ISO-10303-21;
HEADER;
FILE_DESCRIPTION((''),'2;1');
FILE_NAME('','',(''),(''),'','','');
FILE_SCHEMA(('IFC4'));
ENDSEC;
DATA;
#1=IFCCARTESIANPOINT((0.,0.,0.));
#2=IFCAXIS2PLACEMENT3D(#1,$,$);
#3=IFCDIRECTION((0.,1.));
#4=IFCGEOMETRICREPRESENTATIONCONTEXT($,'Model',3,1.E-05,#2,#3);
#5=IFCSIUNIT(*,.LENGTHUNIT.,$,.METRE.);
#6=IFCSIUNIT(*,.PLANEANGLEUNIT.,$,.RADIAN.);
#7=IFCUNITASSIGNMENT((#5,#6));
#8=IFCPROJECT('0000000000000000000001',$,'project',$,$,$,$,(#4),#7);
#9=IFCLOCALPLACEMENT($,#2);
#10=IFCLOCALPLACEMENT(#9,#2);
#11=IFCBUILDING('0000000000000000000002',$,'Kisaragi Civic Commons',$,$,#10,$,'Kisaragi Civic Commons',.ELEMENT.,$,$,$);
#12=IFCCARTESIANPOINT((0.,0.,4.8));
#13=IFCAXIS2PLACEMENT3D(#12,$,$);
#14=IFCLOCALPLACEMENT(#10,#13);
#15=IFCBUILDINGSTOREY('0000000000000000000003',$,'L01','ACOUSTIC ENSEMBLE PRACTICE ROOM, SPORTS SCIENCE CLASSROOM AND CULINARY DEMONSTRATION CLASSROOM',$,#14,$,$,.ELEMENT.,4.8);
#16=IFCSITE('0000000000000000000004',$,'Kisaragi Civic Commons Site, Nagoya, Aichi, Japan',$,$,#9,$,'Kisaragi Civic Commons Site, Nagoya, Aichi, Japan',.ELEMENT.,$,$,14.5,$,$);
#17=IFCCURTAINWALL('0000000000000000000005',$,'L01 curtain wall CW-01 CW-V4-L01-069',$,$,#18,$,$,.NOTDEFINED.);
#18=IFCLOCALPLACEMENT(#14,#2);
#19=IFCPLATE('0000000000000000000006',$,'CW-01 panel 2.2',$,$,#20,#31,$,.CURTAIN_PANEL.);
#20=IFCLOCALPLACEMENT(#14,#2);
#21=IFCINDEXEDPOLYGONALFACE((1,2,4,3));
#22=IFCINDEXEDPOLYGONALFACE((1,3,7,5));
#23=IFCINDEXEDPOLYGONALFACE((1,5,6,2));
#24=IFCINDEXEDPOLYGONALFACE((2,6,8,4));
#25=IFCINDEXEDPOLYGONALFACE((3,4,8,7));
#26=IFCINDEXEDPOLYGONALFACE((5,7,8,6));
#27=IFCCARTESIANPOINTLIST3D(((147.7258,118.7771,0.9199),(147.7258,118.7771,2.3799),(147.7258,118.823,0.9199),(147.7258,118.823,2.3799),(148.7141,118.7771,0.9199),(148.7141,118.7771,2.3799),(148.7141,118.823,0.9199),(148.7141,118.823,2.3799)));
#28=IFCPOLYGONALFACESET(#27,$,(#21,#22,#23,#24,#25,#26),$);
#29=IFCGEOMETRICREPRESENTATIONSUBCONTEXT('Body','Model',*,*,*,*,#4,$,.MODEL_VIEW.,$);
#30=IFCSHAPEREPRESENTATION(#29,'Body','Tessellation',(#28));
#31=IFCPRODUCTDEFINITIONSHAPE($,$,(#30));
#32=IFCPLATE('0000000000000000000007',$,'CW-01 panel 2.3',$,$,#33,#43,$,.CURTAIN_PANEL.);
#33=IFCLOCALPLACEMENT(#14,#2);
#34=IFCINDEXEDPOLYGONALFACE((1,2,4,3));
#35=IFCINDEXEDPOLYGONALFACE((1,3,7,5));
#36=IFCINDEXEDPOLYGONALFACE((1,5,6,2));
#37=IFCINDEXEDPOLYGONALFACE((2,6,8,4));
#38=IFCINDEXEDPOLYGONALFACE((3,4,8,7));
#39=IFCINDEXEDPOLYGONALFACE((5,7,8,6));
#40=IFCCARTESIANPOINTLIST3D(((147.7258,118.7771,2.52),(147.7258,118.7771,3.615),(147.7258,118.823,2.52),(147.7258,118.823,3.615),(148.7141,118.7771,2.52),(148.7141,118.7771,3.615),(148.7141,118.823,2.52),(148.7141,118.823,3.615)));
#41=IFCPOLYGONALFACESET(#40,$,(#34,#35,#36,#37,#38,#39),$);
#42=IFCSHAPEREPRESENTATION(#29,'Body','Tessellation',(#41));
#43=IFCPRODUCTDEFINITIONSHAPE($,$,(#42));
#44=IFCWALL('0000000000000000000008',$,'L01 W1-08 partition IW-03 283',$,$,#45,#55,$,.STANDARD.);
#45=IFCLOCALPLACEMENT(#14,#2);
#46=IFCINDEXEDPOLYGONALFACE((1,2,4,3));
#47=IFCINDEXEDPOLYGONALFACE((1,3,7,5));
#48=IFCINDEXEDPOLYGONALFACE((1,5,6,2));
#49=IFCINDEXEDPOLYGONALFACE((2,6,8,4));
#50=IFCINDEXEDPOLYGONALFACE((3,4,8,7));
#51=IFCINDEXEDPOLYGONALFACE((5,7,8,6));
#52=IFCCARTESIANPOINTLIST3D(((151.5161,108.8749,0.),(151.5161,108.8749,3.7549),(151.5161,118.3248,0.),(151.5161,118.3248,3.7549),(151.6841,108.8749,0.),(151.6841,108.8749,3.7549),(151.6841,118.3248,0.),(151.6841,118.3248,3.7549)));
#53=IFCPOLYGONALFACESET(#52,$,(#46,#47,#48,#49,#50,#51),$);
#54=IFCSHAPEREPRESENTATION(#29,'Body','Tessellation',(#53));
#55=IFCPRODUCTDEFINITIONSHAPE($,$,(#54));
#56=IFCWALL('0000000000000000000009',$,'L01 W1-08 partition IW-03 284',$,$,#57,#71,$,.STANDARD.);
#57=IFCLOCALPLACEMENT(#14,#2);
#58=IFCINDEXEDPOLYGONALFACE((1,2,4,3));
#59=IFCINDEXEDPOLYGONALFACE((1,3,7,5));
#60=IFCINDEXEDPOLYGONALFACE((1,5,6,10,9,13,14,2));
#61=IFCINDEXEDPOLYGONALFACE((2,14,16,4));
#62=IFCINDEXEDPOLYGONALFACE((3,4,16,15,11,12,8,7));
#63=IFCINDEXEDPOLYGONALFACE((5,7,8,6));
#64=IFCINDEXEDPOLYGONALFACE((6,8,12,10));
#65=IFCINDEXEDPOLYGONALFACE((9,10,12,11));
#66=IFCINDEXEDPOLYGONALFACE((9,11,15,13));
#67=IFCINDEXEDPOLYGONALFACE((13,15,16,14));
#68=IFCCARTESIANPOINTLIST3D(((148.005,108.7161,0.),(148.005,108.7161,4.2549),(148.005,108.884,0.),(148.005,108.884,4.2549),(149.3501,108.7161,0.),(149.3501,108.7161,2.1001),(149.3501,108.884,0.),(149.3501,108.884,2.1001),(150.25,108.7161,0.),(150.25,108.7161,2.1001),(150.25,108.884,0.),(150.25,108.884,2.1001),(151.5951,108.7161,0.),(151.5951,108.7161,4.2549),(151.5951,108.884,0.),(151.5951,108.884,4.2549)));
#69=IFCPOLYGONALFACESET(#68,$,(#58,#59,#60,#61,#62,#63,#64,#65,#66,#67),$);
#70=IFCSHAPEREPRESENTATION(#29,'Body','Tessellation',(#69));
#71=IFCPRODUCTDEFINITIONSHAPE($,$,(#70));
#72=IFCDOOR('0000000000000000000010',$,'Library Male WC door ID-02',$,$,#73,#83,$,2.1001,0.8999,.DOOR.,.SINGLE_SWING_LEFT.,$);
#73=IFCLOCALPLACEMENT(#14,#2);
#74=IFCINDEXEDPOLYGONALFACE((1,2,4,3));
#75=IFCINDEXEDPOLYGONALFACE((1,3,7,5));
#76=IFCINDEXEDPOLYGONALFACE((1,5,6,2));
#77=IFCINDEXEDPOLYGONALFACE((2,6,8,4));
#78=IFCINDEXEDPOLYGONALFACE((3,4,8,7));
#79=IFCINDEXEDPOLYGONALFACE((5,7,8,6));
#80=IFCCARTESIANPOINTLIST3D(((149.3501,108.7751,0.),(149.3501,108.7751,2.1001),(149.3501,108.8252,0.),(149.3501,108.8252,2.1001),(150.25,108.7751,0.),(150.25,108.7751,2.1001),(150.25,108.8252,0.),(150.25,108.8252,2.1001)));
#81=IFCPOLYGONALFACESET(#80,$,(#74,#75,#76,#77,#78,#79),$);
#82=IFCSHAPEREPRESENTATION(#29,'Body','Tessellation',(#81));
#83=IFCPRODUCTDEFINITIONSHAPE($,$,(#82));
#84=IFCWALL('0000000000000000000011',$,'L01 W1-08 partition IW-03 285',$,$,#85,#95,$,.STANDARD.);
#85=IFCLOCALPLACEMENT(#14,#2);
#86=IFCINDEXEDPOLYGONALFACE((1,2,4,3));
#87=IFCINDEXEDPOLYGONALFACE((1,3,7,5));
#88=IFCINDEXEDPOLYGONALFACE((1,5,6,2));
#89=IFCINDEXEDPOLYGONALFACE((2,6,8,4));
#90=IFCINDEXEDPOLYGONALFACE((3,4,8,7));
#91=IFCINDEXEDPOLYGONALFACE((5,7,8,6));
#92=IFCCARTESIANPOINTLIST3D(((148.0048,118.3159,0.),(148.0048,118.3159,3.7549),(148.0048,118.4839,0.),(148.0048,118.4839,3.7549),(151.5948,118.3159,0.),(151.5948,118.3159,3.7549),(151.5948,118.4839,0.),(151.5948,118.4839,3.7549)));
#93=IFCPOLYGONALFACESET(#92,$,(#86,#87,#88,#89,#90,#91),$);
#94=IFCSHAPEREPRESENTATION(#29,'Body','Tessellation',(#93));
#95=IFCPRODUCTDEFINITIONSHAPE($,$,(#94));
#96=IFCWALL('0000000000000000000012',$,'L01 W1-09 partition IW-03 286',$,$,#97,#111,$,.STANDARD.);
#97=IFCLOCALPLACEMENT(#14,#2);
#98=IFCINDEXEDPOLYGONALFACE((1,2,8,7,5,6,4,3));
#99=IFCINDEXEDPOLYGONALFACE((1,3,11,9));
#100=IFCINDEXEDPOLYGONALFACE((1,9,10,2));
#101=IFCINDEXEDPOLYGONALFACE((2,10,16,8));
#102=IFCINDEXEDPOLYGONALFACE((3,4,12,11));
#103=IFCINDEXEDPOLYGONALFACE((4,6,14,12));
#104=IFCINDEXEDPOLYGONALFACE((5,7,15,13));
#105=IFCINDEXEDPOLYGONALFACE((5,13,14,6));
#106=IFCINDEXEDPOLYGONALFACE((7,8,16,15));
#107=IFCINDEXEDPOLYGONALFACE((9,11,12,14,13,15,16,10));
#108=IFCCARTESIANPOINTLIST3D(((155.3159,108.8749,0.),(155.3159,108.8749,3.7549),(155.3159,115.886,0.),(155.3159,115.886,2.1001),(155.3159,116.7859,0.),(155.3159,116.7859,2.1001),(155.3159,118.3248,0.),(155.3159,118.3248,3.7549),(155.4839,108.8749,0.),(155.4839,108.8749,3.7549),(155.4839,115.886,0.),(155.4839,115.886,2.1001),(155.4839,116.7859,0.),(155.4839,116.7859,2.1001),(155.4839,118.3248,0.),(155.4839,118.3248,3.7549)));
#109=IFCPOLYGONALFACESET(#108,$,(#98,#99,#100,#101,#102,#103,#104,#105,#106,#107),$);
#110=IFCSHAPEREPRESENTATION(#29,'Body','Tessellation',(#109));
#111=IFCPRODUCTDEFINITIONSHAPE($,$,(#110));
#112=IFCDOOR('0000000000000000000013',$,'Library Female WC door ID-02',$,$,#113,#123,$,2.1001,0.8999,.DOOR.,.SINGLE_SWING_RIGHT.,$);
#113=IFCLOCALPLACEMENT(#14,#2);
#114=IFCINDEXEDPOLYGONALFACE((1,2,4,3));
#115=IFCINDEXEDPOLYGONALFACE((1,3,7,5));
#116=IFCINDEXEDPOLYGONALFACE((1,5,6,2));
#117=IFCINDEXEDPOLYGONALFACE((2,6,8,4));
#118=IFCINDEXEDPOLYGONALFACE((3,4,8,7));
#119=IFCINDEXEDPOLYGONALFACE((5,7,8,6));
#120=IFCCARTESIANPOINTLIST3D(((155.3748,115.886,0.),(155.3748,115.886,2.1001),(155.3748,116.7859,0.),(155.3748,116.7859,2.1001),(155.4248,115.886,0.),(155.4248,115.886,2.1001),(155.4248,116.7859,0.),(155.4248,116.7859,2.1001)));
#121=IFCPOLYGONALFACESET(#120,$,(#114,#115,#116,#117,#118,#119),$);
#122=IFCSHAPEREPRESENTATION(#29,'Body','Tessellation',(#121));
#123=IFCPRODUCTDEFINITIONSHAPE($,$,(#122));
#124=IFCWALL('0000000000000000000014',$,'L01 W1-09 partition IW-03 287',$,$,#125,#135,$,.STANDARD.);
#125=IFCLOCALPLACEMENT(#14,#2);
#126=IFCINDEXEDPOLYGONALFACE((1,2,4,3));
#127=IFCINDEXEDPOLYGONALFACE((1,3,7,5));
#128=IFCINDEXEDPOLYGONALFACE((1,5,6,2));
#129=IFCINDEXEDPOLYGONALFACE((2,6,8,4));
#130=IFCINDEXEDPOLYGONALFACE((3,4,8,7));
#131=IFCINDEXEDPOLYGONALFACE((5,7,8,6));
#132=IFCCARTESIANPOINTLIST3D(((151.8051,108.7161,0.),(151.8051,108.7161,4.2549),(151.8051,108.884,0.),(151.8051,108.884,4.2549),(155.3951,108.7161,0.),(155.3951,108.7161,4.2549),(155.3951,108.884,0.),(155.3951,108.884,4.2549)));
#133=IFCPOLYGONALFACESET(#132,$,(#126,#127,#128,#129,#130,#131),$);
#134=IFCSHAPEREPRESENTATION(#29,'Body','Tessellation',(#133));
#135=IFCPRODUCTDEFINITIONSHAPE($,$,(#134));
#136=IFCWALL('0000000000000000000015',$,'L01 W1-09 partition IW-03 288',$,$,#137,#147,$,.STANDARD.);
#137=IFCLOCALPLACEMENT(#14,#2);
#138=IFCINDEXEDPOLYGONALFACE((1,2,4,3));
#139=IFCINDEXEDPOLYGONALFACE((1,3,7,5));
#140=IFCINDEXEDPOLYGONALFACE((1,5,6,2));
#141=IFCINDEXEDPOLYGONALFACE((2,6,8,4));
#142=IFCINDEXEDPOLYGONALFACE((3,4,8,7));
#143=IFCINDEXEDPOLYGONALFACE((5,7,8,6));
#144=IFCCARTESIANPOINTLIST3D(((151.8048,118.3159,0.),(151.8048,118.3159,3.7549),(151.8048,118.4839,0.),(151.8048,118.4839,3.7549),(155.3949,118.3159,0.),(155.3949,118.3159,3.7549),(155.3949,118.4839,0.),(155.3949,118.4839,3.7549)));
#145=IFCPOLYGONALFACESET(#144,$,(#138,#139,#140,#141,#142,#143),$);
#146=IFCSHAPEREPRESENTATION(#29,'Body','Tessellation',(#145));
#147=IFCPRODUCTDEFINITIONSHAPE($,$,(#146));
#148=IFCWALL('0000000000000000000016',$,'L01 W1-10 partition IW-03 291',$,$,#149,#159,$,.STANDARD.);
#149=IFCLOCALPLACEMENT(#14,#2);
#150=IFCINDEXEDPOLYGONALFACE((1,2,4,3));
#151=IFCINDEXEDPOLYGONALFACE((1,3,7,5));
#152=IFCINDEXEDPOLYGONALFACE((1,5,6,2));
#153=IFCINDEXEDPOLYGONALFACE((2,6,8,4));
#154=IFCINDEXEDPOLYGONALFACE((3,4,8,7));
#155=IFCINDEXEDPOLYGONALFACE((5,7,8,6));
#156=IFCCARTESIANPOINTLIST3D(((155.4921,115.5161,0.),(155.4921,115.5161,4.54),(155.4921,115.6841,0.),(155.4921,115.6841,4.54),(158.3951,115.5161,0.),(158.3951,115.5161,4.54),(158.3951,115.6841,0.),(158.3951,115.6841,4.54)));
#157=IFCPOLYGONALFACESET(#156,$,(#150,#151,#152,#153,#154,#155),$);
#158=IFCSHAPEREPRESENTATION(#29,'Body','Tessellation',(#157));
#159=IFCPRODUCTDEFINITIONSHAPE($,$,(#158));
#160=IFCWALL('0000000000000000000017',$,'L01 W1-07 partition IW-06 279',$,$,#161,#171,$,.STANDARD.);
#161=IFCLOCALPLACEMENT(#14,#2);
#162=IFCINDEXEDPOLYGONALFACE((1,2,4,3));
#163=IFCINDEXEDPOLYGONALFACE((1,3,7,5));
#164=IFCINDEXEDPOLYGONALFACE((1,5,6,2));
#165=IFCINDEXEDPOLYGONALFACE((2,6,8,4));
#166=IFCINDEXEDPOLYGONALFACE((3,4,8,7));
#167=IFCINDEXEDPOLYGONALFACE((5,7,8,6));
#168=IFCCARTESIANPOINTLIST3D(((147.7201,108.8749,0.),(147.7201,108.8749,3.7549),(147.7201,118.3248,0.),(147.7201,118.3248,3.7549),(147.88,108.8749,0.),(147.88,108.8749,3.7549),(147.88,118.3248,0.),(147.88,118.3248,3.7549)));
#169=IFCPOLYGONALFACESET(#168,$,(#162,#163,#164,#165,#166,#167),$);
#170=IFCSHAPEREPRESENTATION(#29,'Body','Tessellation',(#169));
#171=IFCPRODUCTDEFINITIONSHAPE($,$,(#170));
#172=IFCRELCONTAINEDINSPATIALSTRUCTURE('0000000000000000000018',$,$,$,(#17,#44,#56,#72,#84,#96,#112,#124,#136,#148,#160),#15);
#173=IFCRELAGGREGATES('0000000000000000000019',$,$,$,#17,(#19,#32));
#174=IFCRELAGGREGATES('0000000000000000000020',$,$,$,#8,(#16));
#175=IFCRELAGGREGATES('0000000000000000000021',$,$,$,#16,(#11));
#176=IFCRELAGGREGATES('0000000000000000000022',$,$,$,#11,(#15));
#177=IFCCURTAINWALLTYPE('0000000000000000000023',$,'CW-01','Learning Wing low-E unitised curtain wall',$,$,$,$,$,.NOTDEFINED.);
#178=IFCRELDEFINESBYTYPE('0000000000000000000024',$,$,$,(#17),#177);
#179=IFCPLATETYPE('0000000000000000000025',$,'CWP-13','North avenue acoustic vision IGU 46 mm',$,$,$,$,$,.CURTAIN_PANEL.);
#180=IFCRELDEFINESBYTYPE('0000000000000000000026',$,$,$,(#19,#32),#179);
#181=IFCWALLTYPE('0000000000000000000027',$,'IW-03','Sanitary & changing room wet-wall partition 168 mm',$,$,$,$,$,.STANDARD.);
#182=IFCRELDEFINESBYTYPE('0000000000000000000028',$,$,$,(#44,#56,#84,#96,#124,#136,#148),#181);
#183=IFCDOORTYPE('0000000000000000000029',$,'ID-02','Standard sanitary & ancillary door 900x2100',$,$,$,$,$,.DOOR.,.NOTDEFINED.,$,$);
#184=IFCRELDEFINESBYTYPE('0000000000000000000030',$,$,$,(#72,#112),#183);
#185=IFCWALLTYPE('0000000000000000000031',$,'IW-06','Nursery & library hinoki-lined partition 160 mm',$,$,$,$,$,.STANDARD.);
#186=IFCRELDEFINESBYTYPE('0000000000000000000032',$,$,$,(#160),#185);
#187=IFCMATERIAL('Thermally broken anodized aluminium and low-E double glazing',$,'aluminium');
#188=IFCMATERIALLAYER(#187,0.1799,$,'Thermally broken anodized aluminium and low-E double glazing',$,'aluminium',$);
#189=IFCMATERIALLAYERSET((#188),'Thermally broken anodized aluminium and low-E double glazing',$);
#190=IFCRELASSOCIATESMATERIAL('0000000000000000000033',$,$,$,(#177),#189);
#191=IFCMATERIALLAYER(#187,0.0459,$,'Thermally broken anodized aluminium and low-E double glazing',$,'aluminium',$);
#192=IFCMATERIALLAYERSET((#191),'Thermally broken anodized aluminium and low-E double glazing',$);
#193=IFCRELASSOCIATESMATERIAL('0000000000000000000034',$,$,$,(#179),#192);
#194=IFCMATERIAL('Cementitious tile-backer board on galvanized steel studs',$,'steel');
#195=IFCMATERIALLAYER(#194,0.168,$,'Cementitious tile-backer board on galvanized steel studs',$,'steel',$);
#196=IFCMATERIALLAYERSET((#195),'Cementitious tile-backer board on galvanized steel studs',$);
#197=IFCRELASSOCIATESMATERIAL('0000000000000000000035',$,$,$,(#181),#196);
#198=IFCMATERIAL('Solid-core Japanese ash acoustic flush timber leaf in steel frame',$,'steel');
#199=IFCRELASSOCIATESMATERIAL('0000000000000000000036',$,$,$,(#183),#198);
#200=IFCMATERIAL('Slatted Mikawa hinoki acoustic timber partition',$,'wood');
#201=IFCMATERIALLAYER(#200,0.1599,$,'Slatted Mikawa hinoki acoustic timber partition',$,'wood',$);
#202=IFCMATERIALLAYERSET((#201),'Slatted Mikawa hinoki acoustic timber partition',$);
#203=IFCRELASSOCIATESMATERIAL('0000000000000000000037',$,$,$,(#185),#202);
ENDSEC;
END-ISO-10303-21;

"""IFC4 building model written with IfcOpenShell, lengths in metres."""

from ifc_helpers import new_model, si_unit, direction, frame, frame_2d, origin, origin_2d, place, context, subcontext, project, spatial, rectangle, extrude, material, layer, layer_set, type_object, element, fill, aggregate, save


model = new_model("IFC4")

# Units and contexts
model_context = context("Model", 3, precision=1e-05, world=origin(), true_north=direction((0.0, 1.0)))
body_context = subcontext(model_context, "Body", "Model", "MODEL_VIEW")
ifc_project = project(units=[si_unit("LENGTHUNIT", "METRE"), si_unit("PLANEANGLEUNIT", "RADIAN")], contexts=[model_context])

# Site, building, storey
site_placement = place(None, origin())
site = spatial("IfcSite", under=ifc_project, at=site_placement, Name="Kisaragi Civic Commons Site, Nagoya, Aichi, Japan", LongName="Kisaragi Civic Commons Site, Nagoya, Aichi, Japan", CompositionType="ELEMENT", RefElevation=14.5)
building_placement = place(site_placement, origin())
building = spatial("IfcBuilding", under=site, at=building_placement, Name="Kisaragi Civic Commons", LongName="Kisaragi Civic Commons", CompositionType="ELEMENT")
storey_placement = place(building_placement, frame((0.0, 0.0, 4.8)))
storey = spatial("IfcBuildingStorey", under=building, at=storey_placement, Name="L01", Description="ACOUSTIC ENSEMBLE PRACTICE ROOM, SPORTS SCIENCE CLASSROOM AND CULINARY DEMONSTRATION CLASSROOM", CompositionType="ELEMENT", Elevation=4.8)

# Curtain wall
ifc_material_1 = material(Name="Thermally broken anodized aluminium and low-E double glazing", Category="aluminium")
ifc_layer_1 = layer(ifc_material_1, 0.1799, Name="Thermally broken anodized aluminium and low-E double glazing", Category="aluminium")
ifc_layer_set_1 = layer_set([ifc_layer_1], Name="Thermally broken anodized aluminium and low-E double glazing")
curtain_wall_type = type_object("IfcCurtainWallType", Name="CW-01", Description="Learning Wing low-E unitised curtain wall", PredefinedType="NOTDEFINED", material=ifc_layer_set_1)
curtain_wall_placement = place(storey_placement, origin())
curtain_wall = element("IfcCurtainWall", 1, at=curtain_wall_placement, inside=storey, type_object=curtain_wall_type, Name="L01 curtain wall CW-01 CW-V4-L01-069", PredefinedType="NOTDEFINED")

# Plates
ifc_layer_2 = layer(ifc_material_1, 0.0459, Name="Thermally broken anodized aluminium and low-E double glazing", Category="aluminium")
ifc_layer_set_2 = layer_set([ifc_layer_2], Name="Thermally broken anodized aluminium and low-E double glazing")
plate_type = type_object("IfcPlateType", Name="CWP-13", Description="North avenue acoustic vision IGU 46 mm", PredefinedType="CURTAIN_PANEL", material=ifc_layer_set_2)
plate_1_placement = place(storey_placement, frame((148.22, 118.8, 0.9199), z_axis=(0.0, 0.0, 1.0), x_axis=(1.0, 0.0, 0.0)))
plate_1 = element("IfcPlate", 2, at=plate_1_placement, type_object=plate_type, Name="CW-01 panel 2.2", PredefinedType="CURTAIN_PANEL", context=body_context, shape_type="SweptSolid", body=[
    extrude(rectangle(XDim=0.9883, YDim=0.0459, at=origin_2d()), origin(), (0.0, 0.0, 1.0), 1.46),
])
plate_2_placement = place(storey_placement, frame((148.22, 118.8, 2.52), z_axis=(0.0, 0.0, 1.0), x_axis=(1.0, 0.0, 0.0)))
plate_2 = element("IfcPlate", 3, at=plate_2_placement, type_object=plate_type, Name="CW-01 panel 2.3", PredefinedType="CURTAIN_PANEL", context=body_context, shape_type="SweptSolid", body=[
    extrude(rectangle(XDim=0.9883, YDim=0.0459, at=origin_2d()), origin(), (0.0, 0.0, 1.0), 1.095),
])
aggregate(curtain_wall, [plate_1, plate_2])

# Wall
ifc_material_2 = material(Name="Cementitious tile-backer board on galvanized steel studs", Category="steel")
ifc_layer_3 = layer(ifc_material_2, 0.168, Name="Cementitious tile-backer board on galvanized steel studs", Category="steel")
ifc_layer_set_3 = layer_set([ifc_layer_3], Name="Cementitious tile-backer board on galvanized steel studs")
wall_type_1 = type_object("IfcWallType", Name="IW-03", Description="Sanitary & changing room wet-wall partition 168 mm", PredefinedType="STANDARD", material=ifc_layer_set_3)
wall_1_placement = place(storey_placement, frame((151.6001, 118.325, 0.0), z_axis=(0.0, 0.0, 1.0), x_axis=(0.0, -1.0, 0.0)))
element("IfcWall", 4, at=wall_1_placement, inside=storey, type_object=wall_type_1, Name="L01 W1-08 partition IW-03 283", PredefinedType="STANDARD", context=body_context, shape_type="SweptSolid", body=[
    extrude(rectangle(XDim=9.45, YDim=0.168, at=frame_2d((4.7251, 0.0))), origin(), (0.0, 0.0, 1.0), 3.7549),
])

# Wall, opening, door
wall_2_placement = place(storey_placement, frame((151.595, 108.8, 0.0), z_axis=(0.0, 0.0, 1.0), x_axis=(-1.0, 0.0, 0.0)))
wall_2 = element("IfcWall", 5, at=wall_2_placement, inside=storey, type_object=wall_type_1, Name="L01 W1-08 partition IW-03 284", PredefinedType="STANDARD", context=body_context, shape_type="SweptSolid", body=[
    extrude(rectangle(XDim=3.5901, YDim=0.168, at=frame_2d((1.7949, 0.0))), origin(), (0.0, 0.0, 1.0), 4.2549),
])
opening_1_placement = place(wall_2_placement, frame((1.345, 0.0, 0.0)))
opening_1 = element("IfcOpeningElement", 6, at=opening_1_placement, cuts=wall_2, PredefinedType="OPENING", context=body_context, shape_type="SweptSolid", body=[
    extrude(rectangle(XDim=0.8999, YDim=2.1001, at=frame_2d((0.45, 1.05))), frame((0.0, 0.094, 0.0), z_axis=(0.0, -1.0, 0.0), x_axis=(1.0, 0.0, 0.0)), (0.0, 0.0, 1.0), 0.188),
])
ifc_material_3 = material(Name="Solid-core Japanese ash acoustic flush timber leaf in steel frame", Category="steel")
door_type_1 = type_object("IfcDoorType", Name="ID-02", Description="Standard sanitary & ancillary door 900x2100", OperationType="NOTDEFINED", PredefinedType="DOOR", material=ifc_material_3)
door_1_placement = place(opening_1_placement, origin())
door_1 = element("IfcDoor", 7, at=door_1_placement, inside=storey, type_object=door_type_1, Name="Library Male WC door ID-02", OperationType="SINGLE_SWING_LEFT", OverallHeight=2.1001, OverallWidth=0.8999, PredefinedType="DOOR", context=body_context, shape_type="SweptSolid", body=[
    extrude(rectangle(XDim=0.8999, YDim=2.1001, at=frame_2d((0.45, 1.05))), frame((0.0, 0.0249, 0.0), z_axis=(0.0, -1.0, 0.0), x_axis=(1.0, 0.0, 0.0)), (0.0, 0.0, 1.0), 0.05),
])
fill(opening_1, door_1)

# Wall
wall_3_placement = place(storey_placement, frame((148.0049, 118.3999, 0.0), z_axis=(0.0, 0.0, 1.0), x_axis=(1.0, 0.0, 0.0)))
element("IfcWall", 8, at=wall_3_placement, inside=storey, type_object=wall_type_1, Name="L01 W1-08 partition IW-03 285", PredefinedType="STANDARD", context=body_context, shape_type="SweptSolid", body=[
    extrude(rectangle(XDim=3.5901, YDim=0.168, at=frame_2d((1.7949, 0.0))), origin(), (0.0, 0.0, 1.0), 3.7549),
])

# Wall, opening, door
wall_4_placement = place(storey_placement, frame((155.3999, 118.325, 0.0), z_axis=(0.0, 0.0, 1.0), x_axis=(0.0, -1.0, 0.0)))
wall_4 = element("IfcWall", 9, at=wall_4_placement, inside=storey, type_object=wall_type_1, Name="L01 W1-09 partition IW-03 286", PredefinedType="STANDARD", context=body_context, shape_type="SweptSolid", body=[
    extrude(rectangle(XDim=9.45, YDim=0.168, at=frame_2d((4.7251, 0.0))), origin(), (0.0, 0.0, 1.0), 3.7549),
])
opening_2_placement = place(wall_4_placement, frame((1.5391, 0.0, 0.0)))
opening_2 = element("IfcOpeningElement", 10, at=opening_2_placement, cuts=wall_4, PredefinedType="OPENING", context=body_context, shape_type="SweptSolid", body=[
    extrude(rectangle(XDim=0.8999, YDim=2.1001, at=frame_2d((0.45, 1.05))), frame((0.0, 0.094, 0.0), z_axis=(0.0, -1.0, 0.0), x_axis=(1.0, 0.0, 0.0)), (0.0, 0.0, 1.0), 0.188),
])
door_2_placement = place(opening_2_placement, origin())
door_2 = element("IfcDoor", 11, at=door_2_placement, inside=storey, type_object=door_type_1, Name="Library Female WC door ID-02", OperationType="SINGLE_SWING_RIGHT", OverallHeight=2.1001, OverallWidth=0.8999, PredefinedType="DOOR", context=body_context, shape_type="SweptSolid", body=[
    extrude(rectangle(XDim=0.8999, YDim=2.1001, at=frame_2d((0.45, 1.05))), frame((0.0, 0.0249, 0.0), z_axis=(0.0, -1.0, 0.0), x_axis=(1.0, 0.0, 0.0)), (0.0, 0.0, 1.0), 0.05),
])
fill(opening_2, door_2)

# Walls
wall_5_placement = place(storey_placement, frame((155.395, 108.8, 0.0), z_axis=(0.0, 0.0, 1.0), x_axis=(-1.0, 0.0, 0.0)))
element("IfcWall", 12, at=wall_5_placement, inside=storey, type_object=wall_type_1, Name="L01 W1-09 partition IW-03 287", PredefinedType="STANDARD", context=body_context, shape_type="SweptSolid", body=[
    extrude(rectangle(XDim=3.5901, YDim=0.168, at=frame_2d((1.7949, 0.0))), origin(), (0.0, 0.0, 1.0), 4.2549),
])
wall_6_placement = place(storey_placement, frame((151.8049, 118.3999, 0.0), z_axis=(0.0, 0.0, 1.0), x_axis=(1.0, 0.0, 0.0)))
element("IfcWall", 13, at=wall_6_placement, inside=storey, type_object=wall_type_1, Name="L01 W1-09 partition IW-03 288", PredefinedType="STANDARD", context=body_context, shape_type="SweptSolid", body=[
    extrude(rectangle(XDim=3.5901, YDim=0.168, at=frame_2d((1.7949, 0.0))), origin(), (0.0, 0.0, 1.0), 3.7549),
])
wall_7_placement = place(storey_placement, frame((155.4919, 115.6001, 0.0), z_axis=(0.0, 0.0, 1.0), x_axis=(1.0, 0.0, 0.0)))
element("IfcWall", 14, at=wall_7_placement, inside=storey, type_object=wall_type_1, Name="L01 W1-10 partition IW-03 291", PredefinedType="STANDARD", context=body_context, shape_type="SweptSolid", body=[
    extrude(rectangle(XDim=2.9031, YDim=0.168, at=frame_2d((1.4517, 0.0))), origin(), (0.0, 0.0, 1.0), 4.54),
])
ifc_material_4 = material(Name="Slatted Mikawa hinoki acoustic timber partition", Category="wood")
ifc_layer_4 = layer(ifc_material_4, 0.1599, Name="Slatted Mikawa hinoki acoustic timber partition", Category="wood")
ifc_layer_set_4 = layer_set([ifc_layer_4], Name="Slatted Mikawa hinoki acoustic timber partition")
wall_type_2 = type_object("IfcWallType", Name="IW-06", Description="Nursery & library hinoki-lined partition 160 mm", PredefinedType="STANDARD", material=ifc_layer_set_4)
wall_8_placement = place(storey_placement, frame((147.8, 118.325, 0.0), z_axis=(0.0, 0.0, 1.0), x_axis=(0.0, -1.0, 0.0)))
element("IfcWall", 15, at=wall_8_placement, inside=storey, type_object=wall_type_2, Name="L01 W1-07 partition IW-06 279", PredefinedType="STANDARD", context=body_context, shape_type="SweptSolid", body=[
    extrude(rectangle(XDim=9.45, YDim=0.1599, at=frame_2d((4.7251, 0.0))), origin(), (0.0, 0.0, 1.0), 3.7549),
])

save(model, "model.ifc")
